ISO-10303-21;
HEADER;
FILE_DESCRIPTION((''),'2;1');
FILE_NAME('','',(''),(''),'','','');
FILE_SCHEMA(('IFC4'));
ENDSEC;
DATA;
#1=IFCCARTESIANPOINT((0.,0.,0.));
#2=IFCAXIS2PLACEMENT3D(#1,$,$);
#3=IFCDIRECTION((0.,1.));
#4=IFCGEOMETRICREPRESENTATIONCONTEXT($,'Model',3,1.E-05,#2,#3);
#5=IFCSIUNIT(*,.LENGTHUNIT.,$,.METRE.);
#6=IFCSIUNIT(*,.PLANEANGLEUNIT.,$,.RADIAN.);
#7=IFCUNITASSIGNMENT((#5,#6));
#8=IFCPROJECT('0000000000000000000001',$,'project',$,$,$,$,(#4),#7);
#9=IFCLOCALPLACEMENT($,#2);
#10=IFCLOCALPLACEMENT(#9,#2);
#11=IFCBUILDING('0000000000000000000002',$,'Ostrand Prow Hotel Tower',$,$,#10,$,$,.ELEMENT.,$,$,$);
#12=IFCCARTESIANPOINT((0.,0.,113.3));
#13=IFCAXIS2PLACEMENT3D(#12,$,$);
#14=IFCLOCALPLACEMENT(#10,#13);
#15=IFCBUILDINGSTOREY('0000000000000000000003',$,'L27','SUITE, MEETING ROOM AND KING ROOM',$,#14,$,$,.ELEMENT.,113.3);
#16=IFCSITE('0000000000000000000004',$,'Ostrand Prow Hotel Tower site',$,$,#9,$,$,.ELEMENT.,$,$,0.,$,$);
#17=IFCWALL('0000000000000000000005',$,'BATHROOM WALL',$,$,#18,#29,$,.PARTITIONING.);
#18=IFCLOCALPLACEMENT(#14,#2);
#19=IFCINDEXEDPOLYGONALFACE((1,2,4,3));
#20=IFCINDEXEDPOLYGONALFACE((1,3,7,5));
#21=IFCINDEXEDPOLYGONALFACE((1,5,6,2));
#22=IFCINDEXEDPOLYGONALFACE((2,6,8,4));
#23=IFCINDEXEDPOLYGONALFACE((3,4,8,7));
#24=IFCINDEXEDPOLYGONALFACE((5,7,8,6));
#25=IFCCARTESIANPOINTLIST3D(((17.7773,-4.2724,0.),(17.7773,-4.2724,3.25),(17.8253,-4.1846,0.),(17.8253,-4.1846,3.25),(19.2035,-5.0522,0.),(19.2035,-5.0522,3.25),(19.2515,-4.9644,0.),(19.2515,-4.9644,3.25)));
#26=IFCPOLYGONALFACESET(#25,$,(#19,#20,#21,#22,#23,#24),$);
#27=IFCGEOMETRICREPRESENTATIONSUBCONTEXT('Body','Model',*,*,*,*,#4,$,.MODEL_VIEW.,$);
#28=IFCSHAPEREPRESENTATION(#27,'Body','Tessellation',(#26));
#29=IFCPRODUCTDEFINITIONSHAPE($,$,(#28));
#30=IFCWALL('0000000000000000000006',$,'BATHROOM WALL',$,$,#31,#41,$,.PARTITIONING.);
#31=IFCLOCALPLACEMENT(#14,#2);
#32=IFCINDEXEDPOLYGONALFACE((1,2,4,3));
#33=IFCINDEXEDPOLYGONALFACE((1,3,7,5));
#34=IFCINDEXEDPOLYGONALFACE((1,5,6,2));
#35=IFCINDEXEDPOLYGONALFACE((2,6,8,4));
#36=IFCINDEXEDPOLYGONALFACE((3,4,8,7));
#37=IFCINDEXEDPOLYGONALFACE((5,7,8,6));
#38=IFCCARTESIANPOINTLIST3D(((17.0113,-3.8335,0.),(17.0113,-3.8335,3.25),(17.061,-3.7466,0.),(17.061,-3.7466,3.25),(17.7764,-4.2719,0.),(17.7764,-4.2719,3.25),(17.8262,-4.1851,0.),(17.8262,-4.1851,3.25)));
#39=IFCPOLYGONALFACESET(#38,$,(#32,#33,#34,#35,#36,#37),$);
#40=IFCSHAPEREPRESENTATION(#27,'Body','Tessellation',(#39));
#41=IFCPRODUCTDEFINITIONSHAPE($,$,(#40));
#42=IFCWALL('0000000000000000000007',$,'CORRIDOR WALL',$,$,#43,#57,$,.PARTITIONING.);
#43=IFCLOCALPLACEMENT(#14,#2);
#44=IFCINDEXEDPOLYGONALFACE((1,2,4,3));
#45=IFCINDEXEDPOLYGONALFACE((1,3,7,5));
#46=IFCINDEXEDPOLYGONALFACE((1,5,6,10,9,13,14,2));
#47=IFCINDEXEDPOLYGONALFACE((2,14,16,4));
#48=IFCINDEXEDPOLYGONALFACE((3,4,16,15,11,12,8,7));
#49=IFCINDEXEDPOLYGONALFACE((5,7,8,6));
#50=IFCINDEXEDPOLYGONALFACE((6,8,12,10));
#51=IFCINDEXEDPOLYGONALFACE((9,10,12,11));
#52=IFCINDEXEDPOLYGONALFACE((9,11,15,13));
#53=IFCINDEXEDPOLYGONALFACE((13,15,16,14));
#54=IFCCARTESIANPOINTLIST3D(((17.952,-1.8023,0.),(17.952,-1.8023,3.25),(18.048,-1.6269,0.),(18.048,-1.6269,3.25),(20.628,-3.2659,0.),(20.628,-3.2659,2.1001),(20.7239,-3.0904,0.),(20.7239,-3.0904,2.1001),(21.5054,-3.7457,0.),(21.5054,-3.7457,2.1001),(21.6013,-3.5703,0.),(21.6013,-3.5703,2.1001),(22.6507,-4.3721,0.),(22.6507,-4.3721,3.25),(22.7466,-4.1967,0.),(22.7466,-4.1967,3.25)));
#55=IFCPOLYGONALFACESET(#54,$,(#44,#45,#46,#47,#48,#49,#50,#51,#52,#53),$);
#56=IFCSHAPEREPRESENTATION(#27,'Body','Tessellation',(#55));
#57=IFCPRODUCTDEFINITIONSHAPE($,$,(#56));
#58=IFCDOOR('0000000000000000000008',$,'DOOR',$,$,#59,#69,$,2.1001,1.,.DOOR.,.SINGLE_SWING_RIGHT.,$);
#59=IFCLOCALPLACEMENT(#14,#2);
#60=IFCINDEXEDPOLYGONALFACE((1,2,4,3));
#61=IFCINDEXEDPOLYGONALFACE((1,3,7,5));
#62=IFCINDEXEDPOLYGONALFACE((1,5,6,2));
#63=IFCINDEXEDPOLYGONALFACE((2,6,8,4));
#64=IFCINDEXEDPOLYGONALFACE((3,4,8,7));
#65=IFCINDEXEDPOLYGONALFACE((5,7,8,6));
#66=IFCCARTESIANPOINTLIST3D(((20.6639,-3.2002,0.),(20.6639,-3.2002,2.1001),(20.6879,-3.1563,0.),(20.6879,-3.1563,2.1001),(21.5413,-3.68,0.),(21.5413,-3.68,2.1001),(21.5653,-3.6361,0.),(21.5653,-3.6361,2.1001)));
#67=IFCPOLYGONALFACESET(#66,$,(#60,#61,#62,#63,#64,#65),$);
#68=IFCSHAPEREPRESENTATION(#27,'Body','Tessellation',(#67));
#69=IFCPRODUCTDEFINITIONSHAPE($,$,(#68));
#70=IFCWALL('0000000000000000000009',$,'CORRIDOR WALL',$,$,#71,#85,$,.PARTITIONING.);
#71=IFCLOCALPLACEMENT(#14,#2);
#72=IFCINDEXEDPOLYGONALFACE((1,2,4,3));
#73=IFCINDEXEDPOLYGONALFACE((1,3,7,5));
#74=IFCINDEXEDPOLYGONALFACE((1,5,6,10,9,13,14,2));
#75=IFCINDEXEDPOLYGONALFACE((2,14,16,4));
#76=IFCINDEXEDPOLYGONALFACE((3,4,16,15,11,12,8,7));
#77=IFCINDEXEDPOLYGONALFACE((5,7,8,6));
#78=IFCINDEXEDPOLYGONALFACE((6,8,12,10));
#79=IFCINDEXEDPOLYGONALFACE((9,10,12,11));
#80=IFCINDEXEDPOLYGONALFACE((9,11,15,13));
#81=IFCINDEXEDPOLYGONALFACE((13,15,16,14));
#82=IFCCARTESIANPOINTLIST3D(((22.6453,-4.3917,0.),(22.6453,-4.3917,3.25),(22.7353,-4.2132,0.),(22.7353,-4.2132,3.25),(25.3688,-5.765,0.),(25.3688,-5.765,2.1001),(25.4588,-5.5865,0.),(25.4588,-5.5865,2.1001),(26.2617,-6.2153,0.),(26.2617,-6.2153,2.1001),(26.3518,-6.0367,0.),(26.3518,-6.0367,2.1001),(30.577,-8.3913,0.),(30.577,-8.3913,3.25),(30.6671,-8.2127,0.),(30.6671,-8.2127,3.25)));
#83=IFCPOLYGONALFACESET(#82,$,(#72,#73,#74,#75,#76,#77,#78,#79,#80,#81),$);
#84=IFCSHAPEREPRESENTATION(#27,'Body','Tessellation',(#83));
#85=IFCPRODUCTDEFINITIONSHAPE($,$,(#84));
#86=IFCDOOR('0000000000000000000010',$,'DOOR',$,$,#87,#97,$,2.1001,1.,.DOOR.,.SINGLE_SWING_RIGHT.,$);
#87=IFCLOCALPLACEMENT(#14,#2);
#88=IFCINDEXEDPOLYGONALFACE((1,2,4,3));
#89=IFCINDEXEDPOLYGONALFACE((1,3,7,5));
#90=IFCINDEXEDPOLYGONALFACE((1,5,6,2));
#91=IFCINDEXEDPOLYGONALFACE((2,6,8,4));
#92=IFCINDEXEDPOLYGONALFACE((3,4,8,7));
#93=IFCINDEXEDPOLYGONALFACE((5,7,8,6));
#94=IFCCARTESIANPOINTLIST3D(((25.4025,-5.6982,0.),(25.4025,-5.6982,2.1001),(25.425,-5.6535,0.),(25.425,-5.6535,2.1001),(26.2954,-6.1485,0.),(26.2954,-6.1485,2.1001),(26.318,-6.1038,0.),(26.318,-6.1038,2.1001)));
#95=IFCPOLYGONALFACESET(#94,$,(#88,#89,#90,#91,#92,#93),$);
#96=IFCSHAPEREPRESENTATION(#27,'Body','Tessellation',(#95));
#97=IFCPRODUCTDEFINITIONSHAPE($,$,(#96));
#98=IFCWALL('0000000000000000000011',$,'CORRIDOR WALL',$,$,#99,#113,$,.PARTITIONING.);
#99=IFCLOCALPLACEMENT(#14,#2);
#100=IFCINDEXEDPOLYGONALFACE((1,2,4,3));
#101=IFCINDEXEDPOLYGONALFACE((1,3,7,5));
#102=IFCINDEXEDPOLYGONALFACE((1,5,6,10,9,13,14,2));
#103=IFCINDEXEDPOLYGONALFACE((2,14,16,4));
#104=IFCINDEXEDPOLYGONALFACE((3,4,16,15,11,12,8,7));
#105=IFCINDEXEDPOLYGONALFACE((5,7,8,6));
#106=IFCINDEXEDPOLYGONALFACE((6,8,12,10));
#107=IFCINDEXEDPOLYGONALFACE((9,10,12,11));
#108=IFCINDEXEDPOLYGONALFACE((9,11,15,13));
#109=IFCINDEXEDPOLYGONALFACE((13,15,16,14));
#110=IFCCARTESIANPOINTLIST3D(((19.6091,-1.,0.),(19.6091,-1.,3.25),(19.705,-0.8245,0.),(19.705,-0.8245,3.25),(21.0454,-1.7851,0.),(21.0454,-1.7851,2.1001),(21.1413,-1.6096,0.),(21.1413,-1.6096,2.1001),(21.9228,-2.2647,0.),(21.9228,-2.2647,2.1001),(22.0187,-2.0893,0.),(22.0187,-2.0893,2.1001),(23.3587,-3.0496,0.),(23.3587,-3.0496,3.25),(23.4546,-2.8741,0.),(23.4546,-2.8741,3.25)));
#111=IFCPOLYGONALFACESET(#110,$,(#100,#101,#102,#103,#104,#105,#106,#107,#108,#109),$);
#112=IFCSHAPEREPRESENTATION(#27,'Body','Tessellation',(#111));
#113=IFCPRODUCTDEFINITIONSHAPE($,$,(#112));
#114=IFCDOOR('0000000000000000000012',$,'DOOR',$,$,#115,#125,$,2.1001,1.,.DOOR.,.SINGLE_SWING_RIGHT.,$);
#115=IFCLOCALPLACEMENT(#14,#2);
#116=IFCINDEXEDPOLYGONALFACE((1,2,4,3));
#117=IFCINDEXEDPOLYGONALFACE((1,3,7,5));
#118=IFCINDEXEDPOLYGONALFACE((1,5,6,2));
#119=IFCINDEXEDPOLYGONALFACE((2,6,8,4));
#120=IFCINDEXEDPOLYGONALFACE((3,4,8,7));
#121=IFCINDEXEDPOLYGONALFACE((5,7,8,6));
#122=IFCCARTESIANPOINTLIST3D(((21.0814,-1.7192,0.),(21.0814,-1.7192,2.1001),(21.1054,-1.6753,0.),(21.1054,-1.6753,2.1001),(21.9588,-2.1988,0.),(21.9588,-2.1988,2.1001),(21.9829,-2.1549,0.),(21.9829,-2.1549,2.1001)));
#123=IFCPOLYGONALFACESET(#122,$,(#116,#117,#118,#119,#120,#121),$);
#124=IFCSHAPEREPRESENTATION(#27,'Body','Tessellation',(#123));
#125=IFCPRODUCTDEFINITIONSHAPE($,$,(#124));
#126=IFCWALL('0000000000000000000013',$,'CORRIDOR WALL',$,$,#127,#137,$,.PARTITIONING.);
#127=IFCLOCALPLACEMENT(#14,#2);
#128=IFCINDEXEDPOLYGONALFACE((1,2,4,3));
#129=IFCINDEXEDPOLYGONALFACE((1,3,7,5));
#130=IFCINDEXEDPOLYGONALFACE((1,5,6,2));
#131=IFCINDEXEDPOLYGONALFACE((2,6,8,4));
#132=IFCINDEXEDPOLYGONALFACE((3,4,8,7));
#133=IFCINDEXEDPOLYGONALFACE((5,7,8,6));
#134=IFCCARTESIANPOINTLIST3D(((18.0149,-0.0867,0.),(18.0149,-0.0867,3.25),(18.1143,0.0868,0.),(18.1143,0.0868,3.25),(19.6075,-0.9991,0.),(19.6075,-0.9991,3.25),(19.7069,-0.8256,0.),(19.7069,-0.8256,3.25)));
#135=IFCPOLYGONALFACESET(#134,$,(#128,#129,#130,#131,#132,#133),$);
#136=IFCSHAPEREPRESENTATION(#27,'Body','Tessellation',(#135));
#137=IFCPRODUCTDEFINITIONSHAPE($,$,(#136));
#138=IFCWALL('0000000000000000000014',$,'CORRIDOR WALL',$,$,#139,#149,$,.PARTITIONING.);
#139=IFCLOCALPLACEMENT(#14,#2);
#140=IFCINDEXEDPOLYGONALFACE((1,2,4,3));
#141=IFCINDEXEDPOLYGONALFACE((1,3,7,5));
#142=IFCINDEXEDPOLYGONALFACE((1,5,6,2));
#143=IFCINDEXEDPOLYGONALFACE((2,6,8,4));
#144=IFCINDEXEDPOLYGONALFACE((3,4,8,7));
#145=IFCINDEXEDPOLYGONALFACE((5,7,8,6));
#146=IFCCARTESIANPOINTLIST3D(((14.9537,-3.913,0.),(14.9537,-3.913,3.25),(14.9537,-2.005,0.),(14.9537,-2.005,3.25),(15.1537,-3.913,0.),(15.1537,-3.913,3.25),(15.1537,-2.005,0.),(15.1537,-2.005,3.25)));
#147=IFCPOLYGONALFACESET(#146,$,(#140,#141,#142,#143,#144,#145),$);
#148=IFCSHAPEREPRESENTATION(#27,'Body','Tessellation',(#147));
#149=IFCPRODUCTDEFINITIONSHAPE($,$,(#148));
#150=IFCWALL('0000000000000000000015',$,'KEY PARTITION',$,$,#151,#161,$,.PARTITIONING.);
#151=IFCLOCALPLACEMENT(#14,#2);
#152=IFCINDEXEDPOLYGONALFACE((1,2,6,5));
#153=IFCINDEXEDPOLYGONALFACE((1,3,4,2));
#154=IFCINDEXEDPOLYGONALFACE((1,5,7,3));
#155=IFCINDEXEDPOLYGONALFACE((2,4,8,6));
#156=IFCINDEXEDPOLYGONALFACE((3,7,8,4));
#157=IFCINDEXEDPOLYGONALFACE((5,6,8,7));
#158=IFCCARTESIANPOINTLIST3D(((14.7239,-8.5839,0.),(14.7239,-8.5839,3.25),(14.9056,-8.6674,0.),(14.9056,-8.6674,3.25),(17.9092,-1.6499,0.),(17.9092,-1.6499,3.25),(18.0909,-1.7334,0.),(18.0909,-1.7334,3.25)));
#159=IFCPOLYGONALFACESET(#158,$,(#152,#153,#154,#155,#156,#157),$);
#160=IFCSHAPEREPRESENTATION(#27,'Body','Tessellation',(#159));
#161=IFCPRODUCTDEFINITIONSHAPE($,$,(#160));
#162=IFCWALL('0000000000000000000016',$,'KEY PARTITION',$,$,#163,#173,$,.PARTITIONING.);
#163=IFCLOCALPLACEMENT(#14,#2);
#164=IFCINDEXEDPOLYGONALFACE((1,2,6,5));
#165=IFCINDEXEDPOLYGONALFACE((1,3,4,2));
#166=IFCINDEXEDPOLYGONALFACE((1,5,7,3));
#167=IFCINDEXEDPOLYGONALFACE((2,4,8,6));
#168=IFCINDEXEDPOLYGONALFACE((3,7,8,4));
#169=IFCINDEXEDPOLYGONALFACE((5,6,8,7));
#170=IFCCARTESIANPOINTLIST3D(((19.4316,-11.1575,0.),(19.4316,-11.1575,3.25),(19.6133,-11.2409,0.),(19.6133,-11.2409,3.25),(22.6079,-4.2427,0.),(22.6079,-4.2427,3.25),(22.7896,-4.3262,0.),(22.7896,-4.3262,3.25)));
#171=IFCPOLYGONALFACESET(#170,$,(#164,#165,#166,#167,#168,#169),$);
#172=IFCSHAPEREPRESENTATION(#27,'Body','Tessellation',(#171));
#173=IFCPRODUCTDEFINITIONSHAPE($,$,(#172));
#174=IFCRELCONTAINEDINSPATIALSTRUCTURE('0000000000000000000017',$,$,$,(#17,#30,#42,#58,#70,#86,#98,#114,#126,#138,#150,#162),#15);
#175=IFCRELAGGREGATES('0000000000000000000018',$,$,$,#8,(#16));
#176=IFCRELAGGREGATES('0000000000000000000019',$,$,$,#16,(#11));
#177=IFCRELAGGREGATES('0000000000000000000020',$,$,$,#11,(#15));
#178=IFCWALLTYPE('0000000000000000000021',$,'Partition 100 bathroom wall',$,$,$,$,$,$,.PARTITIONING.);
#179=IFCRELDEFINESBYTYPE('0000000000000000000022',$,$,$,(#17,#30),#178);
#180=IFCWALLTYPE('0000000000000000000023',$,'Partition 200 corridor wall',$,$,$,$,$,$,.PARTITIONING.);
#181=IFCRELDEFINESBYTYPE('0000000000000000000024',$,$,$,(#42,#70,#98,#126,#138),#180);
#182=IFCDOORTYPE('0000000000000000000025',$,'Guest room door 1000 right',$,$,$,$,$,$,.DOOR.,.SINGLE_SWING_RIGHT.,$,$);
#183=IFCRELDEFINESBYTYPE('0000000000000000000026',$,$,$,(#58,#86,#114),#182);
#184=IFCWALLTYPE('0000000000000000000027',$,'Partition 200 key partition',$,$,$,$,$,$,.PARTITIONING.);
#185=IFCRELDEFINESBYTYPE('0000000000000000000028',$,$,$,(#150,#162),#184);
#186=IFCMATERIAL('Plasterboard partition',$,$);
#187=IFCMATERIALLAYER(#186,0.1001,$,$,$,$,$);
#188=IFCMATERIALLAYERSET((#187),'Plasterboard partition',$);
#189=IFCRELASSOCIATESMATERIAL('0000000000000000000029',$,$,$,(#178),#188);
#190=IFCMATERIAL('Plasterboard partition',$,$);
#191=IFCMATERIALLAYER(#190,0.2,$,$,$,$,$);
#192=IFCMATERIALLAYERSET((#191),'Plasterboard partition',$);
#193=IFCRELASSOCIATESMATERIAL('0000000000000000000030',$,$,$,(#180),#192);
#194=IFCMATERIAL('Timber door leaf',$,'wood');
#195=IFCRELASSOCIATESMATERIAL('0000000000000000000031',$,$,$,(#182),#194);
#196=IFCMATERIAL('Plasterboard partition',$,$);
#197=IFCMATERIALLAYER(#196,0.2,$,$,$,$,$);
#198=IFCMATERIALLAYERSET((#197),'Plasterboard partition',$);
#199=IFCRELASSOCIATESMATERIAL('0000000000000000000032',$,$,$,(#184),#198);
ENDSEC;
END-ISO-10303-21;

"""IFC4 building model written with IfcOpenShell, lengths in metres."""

from ifc_helpers import new_model, si_unit, direction, frame, frame_2d, origin, place, context, subcontext, project, spatial, rectangle, extrude, material, layer, layer_set, type_object, element, fill, save


model = new_model("IFC4")

# Units and contexts
model_context = context("Model", 3, precision=1e-05, world=origin(), true_north=direction((0.0, 1.0)))
body_context = subcontext(model_context, "Body", "Model", "MODEL_VIEW")
ifc_project = project(units=[si_unit("LENGTHUNIT", "METRE"), si_unit("PLANEANGLEUNIT", "RADIAN")], contexts=[model_context])

# Site, building, storey
site_placement = place(None, origin())
site = spatial("IfcSite", under=ifc_project, at=site_placement, Name="Ostrand Prow Hotel Tower site", CompositionType="ELEMENT", RefElevation=0.0)
building_placement = place(site_placement, origin())
building = spatial("IfcBuilding", under=site, at=building_placement, Name="Ostrand Prow Hotel Tower", CompositionType="ELEMENT")
storey_placement = place(building_placement, frame((0.0, 0.0, 113.3)))
storey = spatial("IfcBuildingStorey", under=building, at=storey_placement, Name="L27", Description="SUITE, MEETING ROOM AND KING ROOM", CompositionType="ELEMENT", Elevation=113.3)

# Shared definitions
ifc_material_1 = material(Name="Plasterboard partition")
ifc_layer_1 = layer(ifc_material_1, 0.1001)
ifc_layer_set_1 = layer_set([ifc_layer_1], Name="Plasterboard partition")
wall_type_1 = type_object("IfcWallType", Name="Partition 100 bathroom wall", PredefinedType="PARTITIONING", material=ifc_layer_set_1)

# Walls
wall_1_placement = place(storey_placement, frame((19.2275, -5.0083, 0.0), z_axis=(0.0, 0.0, 1.0), x_axis=(-0.877424, 0.479715, 0.0)))
element("IfcWall", 1, at=wall_1_placement, inside=storey, type_object=wall_type_1, Name="BATHROOM WALL", PredefinedType="PARTITIONING", context=body_context, shape_type="SweptSolid", body=[
    extrude(rectangle(XDim=1.6255, YDim=0.1001, at=frame_2d((0.8127, 0.0))), origin(), (0.0, 0.0, 1.0), 3.25),
])
wall_2_placement = place(storey_placement, frame((17.8013, -4.2285, 0.0), z_axis=(0.0, 0.0, 1.0), x_axis=(-0.867629, 0.497212, 0.0)))
element("IfcWall", 2, at=wall_2_placement, inside=storey, type_object=wall_type_1, Name="BATHROOM WALL", PredefinedType="PARTITIONING", context=body_context, shape_type="SweptSolid", body=[
    extrude(rectangle(XDim=0.8818, YDim=0.1001, at=frame_2d((0.4409, 0.0))), origin(), (0.0, 0.0, 1.0), 3.25),
])

# Walls, openings, doors
ifc_material_2 = material(Name="Plasterboard partition")
ifc_layer_2 = layer(ifc_material_2, 0.2)
ifc_layer_set_2 = layer_set([ifc_layer_2], Name="Plasterboard partition")
wall_type_2 = type_object("IfcWallType", Name="Partition 200 corridor wall", PredefinedType="PARTITIONING", material=ifc_layer_set_2)
wall_3_placement = place(storey_placement, frame((18.0, -1.7146, 0.0), z_axis=(0.0, 0.0, 1.0), x_axis=(0.877355, -0.479842, 0.0)))
wall_3 = element("IfcWall", 3, at=wall_3_placement, inside=storey, type_object=wall_type_2, Name="CORRIDOR WALL", PredefinedType="PARTITIONING", context=body_context, shape_type="SweptSolid", body=[
    extrude(rectangle(XDim=5.3555, YDim=0.2, at=frame_2d((2.6777, 0.0))), origin(), (0.0, 0.0, 1.0), 3.25),
])
opening_1_placement = place(wall_3_placement, frame((3.05, 0.0, 0.0)))
opening_1 = element("IfcOpeningElement", 4, at=opening_1_placement, cuts=wall_3, PredefinedType="OPENING", context=body_context, shape_type="SweptSolid", body=[
    extrude(rectangle(XDim=1.0, YDim=2.1001, at=frame_2d((0.5, 1.05))), frame((0.0, 0.1099, 0.0), z_axis=(0.0, -1.0, 0.0), x_axis=(1.0, 0.0, 0.0)), (0.0, 0.0, 1.0), 0.22),
])
ifc_material_3 = material(Name="Timber door leaf", Category="wood")
door_type_1 = type_object("IfcDoorType", Name="Guest room door 1000 right", OperationType="SINGLE_SWING_RIGHT", PredefinedType="DOOR", material=ifc_material_3)
door_1_placement = place(opening_1_placement, origin())
door_1 = element("IfcDoor", 5, at=door_1_placement, inside=storey, type_object=door_type_1, Name="DOOR", OperationType="SINGLE_SWING_RIGHT", OverallHeight=2.1001, OverallWidth=1.0, PredefinedType="DOOR", context=body_context, shape_type="SweptSolid", body=[
    extrude(rectangle(XDim=1.0, YDim=2.1001, at=frame_2d((0.5, 1.05))), frame((0.0, 0.0249, 0.0), z_axis=(0.0, -1.0, 0.0), x_axis=(1.0, 0.0, 0.0)), (0.0, 0.0, 1.0), 0.05),
])
fill(opening_1, door_1)
wall_4_placement = place(storey_placement, frame((22.6904, -4.3025, 0.0), z_axis=(0.0, 0.0, 1.0), x_axis=(0.892905, -0.450245, 0.0)))
wall_4 = element("IfcWall", 6, at=wall_4_placement, inside=storey, type_object=wall_type_2, Name="CORRIDOR WALL", PredefinedType="PARTITIONING", context=body_context, shape_type="SweptSolid", body=[
    extrude(rectangle(XDim=8.8831, YDim=0.2, at=frame_2d((4.4414, 0.0))), origin(), (0.0, 0.0, 1.0), 3.25),
])
opening_2_placement = place(wall_4_placement, frame((3.05, 0.0, 0.0)))
opening_2 = element("IfcOpeningElement", 7, at=opening_2_placement, cuts=wall_4, PredefinedType="OPENING", context=body_context, shape_type="SweptSolid", body=[
    extrude(rectangle(XDim=1.0, YDim=2.1001, at=frame_2d((0.5, 1.05))), frame((0.0, 0.1099, 0.0), z_axis=(0.0, -1.0, 0.0), x_axis=(1.0, 0.0, 0.0)), (0.0, 0.0, 1.0), 0.22),
])
door_2_placement = place(opening_2_placement, origin())
door_2 = element("IfcDoor", 8, at=door_2_placement, inside=storey, type_object=door_type_1, Name="DOOR", OperationType="SINGLE_SWING_RIGHT", OverallHeight=2.1001, OverallWidth=1.0, PredefinedType="DOOR", context=body_context, shape_type="SweptSolid", body=[
    extrude(rectangle(XDim=1.0, YDim=2.1001, at=frame_2d((0.5, 1.05))), frame((0.0, 0.0249, 0.0), z_axis=(0.0, -1.0, 0.0), x_axis=(1.0, 0.0, 0.0)), (0.0, 0.0, 1.0), 0.05),
])
fill(opening_2, door_2)
wall_5_placement = place(storey_placement, frame((23.4067, -2.9619, 0.0), z_axis=(0.0, 0.0, 1.0), x_axis=(-0.877465, 0.479641, 0.0)))
wall_5 = element("IfcWall", 9, at=wall_5_placement, inside=storey, type_object=wall_type_2, Name="CORRIDOR WALL", PredefinedType="PARTITIONING", context=body_context, shape_type="SweptSolid", body=[
    extrude(rectangle(XDim=4.2732, YDim=0.2, at=frame_2d((2.1367, 0.0))), origin(), (0.0, 0.0, 1.0), 3.25),
])
opening_3_placement = place(wall_5_placement, frame((1.6365, 0.0, 0.0)))
opening_3 = element("IfcOpeningElement", 10, at=opening_3_placement, cuts=wall_5, PredefinedType="OPENING", context=body_context, shape_type="SweptSolid", body=[
    extrude(rectangle(XDim=1.0, YDim=2.1001, at=frame_2d((0.5, 1.05))), frame((0.0, 0.1099, 0.0), z_axis=(0.0, -1.0, 0.0), x_axis=(1.0, 0.0, 0.0)), (0.0, 0.0, 1.0), 0.22),
])
door_3_placement = place(opening_3_placement, origin())
door_3 = element("IfcDoor", 11, at=door_3_placement, inside=storey, type_object=door_type_1, Name="DOOR", OperationType="SINGLE_SWING_RIGHT", OverallHeight=2.1001, OverallWidth=1.0, PredefinedType="DOOR", context=body_context, shape_type="SweptSolid", body=[
    extrude(rectangle(XDim=1.0, YDim=2.1001, at=frame_2d((0.5, 1.05))), frame((0.0, 0.0249, 0.0), z_axis=(0.0, -1.0, 0.0), x_axis=(1.0, 0.0, 0.0)), (0.0, 0.0, 1.0), 0.05),
])
fill(opening_3, door_3)

# Walls
wall_6_placement = place(storey_placement, frame((19.6572, -0.9124, 0.0), z_axis=(0.0, 0.0, 1.0), x_axis=(-0.867694, 0.497098, 0.0)))
element("IfcWall", 12, at=wall_6_placement, inside=storey, type_object=wall_type_2, Name="CORRIDOR WALL", PredefinedType="PARTITIONING", context=body_context, shape_type="SweptSolid", body=[
    extrude(rectangle(XDim=1.8354, YDim=0.2, at=frame_2d((0.9177, 0.0))), origin(), (0.0, 0.0, 1.0), 3.25),
])
wall_7_placement = place(storey_placement, frame((15.0537, -2.0049, 0.0), z_axis=(0.0, 0.0, 1.0), x_axis=(0.0, -1.0, 0.0)))
element("IfcWall", 13, at=wall_7_placement, inside=storey, type_object=wall_type_2, Name="CORRIDOR WALL", PredefinedType="PARTITIONING", context=body_context, shape_type="SweptSolid", body=[
    extrude(rectangle(XDim=1.908, YDim=0.2, at=frame_2d((0.9541, 0.0))), origin(), (0.0, 0.0, 1.0), 3.25),
])
ifc_material_4 = material(Name="Plasterboard partition")
ifc_layer_3 = layer(ifc_material_4, 0.2)
ifc_layer_set_3 = layer_set([ifc_layer_3], Name="Plasterboard partition")
wall_type_3 = type_object("IfcWallType", Name="Partition 200 key partition", PredefinedType="PARTITIONING", material=ifc_layer_set_3)
wall_8_placement = place(storey_placement, frame((14.8147, -8.6257, 0.0), z_axis=(0.0, 0.0, 1.0), x_axis=(0.417432, 0.908708, 0.0)))
element("IfcWall", 14, at=wall_8_placement, inside=storey, type_object=wall_type_3, Name="KEY PARTITION", PredefinedType="PARTITIONING", context=body_context, shape_type="SweptSolid", body=[
    extrude(rectangle(XDim=7.6306, YDim=0.2, at=frame_2d((3.8154, 0.0))), origin(), (0.0, 0.0, 1.0), 3.25),
])
wall_9_placement = place(storey_placement, frame((19.5225, -11.1992, 0.0), z_axis=(0.0, 0.0, 1.0), x_axis=(0.417414, 0.908717, 0.0)))
element("IfcWall", 15, at=wall_9_placement, inside=storey, type_object=wall_type_3, Name="KEY PARTITION", PredefinedType="PARTITIONING", context=body_context, shape_type="SweptSolid", body=[
    extrude(rectangle(XDim=7.6094, YDim=0.2, at=frame_2d((3.8047, 0.0))), origin(), (0.0, 0.0, 1.0), 3.25),
])

save(model, "model.ifc")
